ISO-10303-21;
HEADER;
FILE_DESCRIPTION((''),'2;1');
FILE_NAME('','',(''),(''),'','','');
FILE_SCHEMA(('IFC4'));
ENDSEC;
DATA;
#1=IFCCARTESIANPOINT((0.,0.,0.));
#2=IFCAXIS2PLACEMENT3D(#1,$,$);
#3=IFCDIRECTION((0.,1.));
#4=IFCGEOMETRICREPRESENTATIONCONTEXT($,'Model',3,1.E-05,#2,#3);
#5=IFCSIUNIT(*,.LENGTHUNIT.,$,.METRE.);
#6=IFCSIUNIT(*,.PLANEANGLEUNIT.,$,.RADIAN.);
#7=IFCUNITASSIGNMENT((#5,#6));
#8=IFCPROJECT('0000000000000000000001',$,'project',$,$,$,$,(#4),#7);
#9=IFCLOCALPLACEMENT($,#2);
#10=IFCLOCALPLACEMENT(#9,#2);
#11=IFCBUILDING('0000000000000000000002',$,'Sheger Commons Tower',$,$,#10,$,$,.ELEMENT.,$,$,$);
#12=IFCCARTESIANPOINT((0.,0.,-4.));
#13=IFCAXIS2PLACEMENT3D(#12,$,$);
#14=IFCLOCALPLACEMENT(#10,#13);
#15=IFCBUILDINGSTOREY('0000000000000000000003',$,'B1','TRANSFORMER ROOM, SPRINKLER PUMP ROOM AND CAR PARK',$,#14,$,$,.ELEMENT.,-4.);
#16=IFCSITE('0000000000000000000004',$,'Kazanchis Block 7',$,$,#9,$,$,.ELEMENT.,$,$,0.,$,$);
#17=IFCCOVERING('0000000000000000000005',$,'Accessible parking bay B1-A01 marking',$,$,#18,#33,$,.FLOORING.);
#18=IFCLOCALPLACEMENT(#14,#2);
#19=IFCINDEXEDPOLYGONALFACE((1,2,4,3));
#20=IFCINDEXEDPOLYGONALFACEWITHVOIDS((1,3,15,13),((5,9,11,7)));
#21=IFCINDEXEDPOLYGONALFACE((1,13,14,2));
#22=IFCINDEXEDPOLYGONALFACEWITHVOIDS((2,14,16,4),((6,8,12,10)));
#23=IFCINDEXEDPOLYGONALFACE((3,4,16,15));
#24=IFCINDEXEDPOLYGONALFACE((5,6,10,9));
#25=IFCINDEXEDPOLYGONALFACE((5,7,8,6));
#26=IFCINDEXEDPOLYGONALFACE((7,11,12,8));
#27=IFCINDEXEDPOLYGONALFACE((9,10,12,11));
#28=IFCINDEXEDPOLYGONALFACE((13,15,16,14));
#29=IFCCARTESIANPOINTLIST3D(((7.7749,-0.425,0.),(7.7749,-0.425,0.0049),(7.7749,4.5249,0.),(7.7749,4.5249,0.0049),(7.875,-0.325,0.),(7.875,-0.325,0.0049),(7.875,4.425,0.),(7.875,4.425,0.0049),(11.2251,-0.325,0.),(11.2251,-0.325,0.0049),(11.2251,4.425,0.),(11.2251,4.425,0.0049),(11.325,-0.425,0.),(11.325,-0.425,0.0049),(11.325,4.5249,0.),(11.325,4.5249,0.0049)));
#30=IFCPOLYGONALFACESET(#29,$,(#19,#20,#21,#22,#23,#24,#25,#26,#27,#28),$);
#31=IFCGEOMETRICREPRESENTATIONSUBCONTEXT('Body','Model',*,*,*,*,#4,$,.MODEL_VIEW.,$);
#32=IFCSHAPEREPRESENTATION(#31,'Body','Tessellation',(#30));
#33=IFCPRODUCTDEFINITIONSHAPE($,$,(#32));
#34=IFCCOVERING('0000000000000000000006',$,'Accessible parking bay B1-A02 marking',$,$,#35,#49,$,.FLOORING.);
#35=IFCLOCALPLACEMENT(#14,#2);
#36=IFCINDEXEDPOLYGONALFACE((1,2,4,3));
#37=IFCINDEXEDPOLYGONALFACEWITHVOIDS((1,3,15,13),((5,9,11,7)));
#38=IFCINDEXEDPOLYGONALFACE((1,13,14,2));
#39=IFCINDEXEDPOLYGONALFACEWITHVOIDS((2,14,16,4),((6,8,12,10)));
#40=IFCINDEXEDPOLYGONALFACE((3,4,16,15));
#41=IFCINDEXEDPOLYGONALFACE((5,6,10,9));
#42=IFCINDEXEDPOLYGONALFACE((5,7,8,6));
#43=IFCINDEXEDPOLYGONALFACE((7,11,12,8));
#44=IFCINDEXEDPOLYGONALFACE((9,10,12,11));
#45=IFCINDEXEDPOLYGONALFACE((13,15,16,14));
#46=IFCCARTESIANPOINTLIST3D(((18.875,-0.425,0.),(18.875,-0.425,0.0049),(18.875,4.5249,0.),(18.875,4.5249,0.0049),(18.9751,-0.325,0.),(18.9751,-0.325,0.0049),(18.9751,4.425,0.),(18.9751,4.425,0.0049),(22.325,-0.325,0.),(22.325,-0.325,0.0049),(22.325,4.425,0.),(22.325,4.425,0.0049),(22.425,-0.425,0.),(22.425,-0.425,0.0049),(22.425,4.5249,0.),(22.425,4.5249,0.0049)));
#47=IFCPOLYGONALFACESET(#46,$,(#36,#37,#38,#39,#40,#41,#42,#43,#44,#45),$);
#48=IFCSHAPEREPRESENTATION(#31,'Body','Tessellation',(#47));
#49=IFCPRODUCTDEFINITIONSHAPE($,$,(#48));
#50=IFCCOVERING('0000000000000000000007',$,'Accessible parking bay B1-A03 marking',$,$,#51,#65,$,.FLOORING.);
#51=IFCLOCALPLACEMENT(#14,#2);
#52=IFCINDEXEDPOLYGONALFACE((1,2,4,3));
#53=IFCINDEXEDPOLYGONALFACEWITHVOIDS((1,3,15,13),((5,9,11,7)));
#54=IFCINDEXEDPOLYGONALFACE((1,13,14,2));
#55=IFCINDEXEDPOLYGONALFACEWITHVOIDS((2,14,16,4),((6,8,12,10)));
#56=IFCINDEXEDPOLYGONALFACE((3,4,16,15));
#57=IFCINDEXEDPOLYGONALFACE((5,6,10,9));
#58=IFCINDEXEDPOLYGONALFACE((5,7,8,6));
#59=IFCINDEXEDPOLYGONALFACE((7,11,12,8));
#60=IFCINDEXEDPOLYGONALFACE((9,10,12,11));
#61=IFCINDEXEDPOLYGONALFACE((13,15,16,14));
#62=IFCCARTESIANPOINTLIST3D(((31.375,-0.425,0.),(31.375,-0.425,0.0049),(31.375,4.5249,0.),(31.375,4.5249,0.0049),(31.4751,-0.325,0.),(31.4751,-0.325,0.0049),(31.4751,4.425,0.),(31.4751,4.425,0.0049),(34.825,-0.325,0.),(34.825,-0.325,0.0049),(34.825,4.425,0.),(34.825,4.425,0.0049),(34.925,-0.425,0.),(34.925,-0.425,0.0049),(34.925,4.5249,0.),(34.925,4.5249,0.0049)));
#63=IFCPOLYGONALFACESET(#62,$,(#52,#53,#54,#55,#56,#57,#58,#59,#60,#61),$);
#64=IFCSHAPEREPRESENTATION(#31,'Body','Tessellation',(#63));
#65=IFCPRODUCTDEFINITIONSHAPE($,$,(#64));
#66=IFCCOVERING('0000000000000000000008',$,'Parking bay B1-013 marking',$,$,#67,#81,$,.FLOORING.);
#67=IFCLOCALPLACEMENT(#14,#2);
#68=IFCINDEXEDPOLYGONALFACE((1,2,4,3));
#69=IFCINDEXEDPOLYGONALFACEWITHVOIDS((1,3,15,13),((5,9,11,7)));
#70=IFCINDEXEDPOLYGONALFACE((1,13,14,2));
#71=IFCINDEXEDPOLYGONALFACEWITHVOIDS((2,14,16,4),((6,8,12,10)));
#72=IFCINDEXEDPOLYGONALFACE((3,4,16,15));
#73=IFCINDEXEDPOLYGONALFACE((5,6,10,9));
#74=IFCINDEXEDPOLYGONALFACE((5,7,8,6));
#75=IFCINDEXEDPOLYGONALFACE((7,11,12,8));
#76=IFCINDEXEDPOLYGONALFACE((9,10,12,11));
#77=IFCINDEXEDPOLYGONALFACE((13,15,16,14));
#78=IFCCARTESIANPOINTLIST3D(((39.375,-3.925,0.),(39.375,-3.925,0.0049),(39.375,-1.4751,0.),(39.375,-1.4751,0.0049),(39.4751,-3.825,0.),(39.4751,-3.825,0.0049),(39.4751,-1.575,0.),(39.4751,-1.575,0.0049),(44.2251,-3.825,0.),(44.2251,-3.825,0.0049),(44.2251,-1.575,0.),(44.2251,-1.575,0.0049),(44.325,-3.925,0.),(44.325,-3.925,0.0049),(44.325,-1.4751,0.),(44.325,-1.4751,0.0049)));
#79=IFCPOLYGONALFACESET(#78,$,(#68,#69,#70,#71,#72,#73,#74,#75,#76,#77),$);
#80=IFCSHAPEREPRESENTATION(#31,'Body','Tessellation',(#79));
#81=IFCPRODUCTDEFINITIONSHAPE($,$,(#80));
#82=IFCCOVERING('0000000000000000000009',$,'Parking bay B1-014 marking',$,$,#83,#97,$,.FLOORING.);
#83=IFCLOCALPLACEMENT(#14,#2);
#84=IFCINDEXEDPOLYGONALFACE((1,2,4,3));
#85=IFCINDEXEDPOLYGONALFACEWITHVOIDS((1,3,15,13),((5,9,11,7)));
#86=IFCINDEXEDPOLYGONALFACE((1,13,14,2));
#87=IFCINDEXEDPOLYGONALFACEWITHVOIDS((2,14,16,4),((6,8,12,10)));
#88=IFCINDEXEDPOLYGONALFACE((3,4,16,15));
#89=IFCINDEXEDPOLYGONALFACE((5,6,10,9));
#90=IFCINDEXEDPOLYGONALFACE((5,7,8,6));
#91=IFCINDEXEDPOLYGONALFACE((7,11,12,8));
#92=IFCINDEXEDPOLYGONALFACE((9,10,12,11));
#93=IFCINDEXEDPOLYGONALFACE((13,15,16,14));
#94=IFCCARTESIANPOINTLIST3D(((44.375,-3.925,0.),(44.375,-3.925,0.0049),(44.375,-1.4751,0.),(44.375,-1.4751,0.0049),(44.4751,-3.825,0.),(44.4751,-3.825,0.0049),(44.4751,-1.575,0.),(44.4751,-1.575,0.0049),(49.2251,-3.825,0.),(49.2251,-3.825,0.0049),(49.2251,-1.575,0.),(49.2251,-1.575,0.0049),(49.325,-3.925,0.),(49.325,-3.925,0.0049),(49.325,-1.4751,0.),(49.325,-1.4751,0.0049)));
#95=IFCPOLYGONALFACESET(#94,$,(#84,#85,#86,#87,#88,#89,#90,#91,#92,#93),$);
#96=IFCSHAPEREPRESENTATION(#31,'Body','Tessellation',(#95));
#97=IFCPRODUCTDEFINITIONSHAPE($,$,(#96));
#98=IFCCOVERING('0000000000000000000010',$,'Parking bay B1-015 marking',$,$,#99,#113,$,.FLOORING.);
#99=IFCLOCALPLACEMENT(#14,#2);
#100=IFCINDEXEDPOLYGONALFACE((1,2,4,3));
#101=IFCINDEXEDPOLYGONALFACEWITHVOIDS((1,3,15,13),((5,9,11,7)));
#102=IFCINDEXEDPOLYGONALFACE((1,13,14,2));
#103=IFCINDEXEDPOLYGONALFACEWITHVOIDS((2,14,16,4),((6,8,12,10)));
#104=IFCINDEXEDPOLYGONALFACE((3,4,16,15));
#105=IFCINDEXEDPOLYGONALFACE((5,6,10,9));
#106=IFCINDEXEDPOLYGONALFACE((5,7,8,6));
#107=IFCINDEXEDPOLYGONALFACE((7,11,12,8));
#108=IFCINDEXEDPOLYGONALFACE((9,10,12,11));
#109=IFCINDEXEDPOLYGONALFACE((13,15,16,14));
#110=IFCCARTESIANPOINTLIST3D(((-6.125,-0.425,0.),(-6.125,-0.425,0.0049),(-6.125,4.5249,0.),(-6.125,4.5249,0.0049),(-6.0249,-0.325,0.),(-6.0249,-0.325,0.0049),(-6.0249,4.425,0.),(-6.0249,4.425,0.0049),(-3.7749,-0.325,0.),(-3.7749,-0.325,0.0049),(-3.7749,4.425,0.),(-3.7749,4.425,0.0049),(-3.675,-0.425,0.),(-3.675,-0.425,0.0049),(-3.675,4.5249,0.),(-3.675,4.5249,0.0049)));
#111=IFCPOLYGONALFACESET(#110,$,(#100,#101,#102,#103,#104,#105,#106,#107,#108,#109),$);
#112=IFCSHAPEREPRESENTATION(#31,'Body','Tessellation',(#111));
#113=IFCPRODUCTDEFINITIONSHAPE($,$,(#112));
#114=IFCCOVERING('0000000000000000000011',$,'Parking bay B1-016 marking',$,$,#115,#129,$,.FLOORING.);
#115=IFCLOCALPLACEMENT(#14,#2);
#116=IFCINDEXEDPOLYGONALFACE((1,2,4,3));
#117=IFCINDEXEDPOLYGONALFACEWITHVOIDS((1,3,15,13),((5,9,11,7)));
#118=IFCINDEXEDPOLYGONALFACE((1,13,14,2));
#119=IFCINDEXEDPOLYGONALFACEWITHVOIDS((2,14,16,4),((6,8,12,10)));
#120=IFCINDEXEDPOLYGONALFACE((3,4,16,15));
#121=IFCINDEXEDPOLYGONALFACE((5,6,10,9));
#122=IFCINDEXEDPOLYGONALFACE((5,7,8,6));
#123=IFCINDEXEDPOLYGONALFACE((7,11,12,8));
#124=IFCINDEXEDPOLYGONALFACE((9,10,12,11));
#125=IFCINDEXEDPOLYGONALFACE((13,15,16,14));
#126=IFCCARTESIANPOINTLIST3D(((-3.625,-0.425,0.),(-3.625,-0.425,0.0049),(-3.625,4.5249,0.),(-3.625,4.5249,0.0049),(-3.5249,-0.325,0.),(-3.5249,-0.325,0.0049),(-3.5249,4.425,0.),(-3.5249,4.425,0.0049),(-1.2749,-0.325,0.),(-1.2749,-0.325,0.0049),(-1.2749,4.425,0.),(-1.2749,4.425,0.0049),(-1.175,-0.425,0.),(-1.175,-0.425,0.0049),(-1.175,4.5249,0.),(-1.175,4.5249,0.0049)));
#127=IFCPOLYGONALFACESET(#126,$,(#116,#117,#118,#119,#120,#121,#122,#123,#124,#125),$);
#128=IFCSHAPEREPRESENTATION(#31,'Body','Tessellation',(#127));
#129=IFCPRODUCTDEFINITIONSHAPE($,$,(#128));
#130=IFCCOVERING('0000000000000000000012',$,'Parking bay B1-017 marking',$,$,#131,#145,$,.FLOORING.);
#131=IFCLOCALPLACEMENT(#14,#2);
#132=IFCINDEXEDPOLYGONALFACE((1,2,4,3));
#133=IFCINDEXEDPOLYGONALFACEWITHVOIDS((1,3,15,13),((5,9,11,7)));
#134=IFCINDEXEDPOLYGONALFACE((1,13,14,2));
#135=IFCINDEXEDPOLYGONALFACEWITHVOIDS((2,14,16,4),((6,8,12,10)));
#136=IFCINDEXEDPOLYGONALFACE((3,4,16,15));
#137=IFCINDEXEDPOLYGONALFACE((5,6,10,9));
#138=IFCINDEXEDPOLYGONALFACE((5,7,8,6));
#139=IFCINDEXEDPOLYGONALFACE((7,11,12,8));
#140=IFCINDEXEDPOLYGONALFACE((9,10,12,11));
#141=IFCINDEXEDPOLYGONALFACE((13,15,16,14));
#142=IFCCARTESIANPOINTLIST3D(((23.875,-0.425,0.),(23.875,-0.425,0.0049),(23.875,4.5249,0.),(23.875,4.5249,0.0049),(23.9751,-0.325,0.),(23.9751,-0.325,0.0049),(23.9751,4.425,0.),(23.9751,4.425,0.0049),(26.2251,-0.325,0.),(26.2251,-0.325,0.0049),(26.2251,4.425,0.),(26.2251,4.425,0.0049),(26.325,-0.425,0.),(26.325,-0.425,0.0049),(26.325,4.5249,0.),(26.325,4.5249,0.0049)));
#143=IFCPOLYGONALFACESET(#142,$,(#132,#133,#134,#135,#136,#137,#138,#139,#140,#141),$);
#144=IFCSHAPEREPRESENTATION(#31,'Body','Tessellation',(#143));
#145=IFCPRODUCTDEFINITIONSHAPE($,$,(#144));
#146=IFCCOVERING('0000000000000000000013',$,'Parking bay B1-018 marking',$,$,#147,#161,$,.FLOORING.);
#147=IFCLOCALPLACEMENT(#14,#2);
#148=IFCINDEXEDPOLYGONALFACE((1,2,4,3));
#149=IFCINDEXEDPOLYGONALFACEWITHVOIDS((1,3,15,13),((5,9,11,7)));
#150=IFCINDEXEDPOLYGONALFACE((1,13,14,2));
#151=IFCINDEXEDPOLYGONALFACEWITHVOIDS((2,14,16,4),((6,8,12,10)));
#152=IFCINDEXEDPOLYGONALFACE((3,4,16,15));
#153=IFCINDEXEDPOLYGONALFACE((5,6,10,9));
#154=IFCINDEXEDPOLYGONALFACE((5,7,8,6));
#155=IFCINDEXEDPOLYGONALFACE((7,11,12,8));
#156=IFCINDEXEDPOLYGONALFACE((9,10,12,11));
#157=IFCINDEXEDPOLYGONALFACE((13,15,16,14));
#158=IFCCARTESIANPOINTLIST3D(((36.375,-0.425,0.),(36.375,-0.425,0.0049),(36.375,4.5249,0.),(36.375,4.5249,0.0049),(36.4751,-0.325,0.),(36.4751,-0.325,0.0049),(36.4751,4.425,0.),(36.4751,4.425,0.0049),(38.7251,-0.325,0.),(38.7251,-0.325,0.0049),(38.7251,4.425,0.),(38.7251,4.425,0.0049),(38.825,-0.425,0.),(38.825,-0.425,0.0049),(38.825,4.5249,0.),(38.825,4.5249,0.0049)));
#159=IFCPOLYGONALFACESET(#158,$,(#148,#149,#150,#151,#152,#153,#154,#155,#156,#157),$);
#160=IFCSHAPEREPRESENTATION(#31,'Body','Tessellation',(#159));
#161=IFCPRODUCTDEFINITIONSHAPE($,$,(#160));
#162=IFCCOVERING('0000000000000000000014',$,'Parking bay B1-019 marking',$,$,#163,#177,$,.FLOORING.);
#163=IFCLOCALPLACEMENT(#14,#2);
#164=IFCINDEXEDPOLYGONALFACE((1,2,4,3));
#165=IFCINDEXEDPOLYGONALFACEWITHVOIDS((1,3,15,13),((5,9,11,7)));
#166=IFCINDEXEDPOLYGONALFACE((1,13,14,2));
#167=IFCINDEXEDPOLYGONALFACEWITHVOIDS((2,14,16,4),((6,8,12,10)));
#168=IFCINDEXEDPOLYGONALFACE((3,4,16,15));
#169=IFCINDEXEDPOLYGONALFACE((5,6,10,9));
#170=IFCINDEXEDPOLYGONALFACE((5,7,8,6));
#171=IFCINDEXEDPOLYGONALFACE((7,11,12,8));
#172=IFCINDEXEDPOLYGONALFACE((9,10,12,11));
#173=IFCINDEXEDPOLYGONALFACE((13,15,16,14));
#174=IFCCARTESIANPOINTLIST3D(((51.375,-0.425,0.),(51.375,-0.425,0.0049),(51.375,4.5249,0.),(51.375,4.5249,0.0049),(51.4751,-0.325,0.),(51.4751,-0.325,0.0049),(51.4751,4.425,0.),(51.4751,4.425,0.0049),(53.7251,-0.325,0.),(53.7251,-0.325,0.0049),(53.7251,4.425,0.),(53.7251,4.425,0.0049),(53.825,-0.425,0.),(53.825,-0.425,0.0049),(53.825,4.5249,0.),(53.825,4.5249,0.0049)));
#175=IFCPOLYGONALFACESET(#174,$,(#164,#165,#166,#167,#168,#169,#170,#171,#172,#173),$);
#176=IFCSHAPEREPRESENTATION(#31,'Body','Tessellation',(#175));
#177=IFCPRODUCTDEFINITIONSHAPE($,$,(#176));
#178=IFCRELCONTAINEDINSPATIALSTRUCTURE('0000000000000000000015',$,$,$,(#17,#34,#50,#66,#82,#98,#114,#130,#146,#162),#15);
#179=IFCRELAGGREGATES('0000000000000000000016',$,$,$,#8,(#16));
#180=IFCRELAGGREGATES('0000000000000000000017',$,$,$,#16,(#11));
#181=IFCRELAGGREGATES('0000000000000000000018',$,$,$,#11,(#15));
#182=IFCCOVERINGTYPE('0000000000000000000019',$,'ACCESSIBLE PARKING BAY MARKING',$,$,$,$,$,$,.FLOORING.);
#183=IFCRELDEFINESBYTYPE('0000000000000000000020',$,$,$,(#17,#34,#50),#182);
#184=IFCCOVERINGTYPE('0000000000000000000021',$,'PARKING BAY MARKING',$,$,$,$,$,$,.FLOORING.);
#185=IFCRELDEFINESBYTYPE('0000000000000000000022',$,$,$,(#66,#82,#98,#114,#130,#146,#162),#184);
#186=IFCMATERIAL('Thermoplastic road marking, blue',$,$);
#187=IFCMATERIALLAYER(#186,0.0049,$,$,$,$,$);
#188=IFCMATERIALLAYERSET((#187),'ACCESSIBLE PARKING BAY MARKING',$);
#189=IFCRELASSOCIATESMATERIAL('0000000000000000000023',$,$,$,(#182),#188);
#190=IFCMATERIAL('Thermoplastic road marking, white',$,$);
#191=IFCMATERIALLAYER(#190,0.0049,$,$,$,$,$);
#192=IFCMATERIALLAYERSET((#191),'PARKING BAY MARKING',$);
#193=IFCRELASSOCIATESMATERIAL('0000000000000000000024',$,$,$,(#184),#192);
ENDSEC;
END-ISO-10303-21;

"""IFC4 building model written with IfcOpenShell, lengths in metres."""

from ifc_helpers import new_model, si_unit, direction, frame, origin, place, context, subcontext, project, spatial, polyline, outline, extrude, material, layer, layer_set, type_object, element, save


model = new_model("IFC4")

# Units and contexts
model_context = context("Model", 3, precision=1e-05, world=origin(), true_north=direction((0.0, 1.0)))
body_context = subcontext(model_context, "Body", "Model", "MODEL_VIEW")
ifc_project = project(units=[si_unit("LENGTHUNIT", "METRE"), si_unit("PLANEANGLEUNIT", "RADIAN")], contexts=[model_context])

# Site, building, storey
site_placement = place(None, origin())
site = spatial("IfcSite", under=ifc_project, at=site_placement, Name="Kazanchis Block 7", CompositionType="ELEMENT", RefElevation=0.0)
building_placement = place(site_placement, origin())
building = spatial("IfcBuilding", under=site, at=building_placement, Name="Sheger Commons Tower", CompositionType="ELEMENT")
storey_placement = place(building_placement, frame((0.0, 0.0, -4.0)))
storey = spatial("IfcBuildingStorey", under=building, at=storey_placement, Name="B1", Description="TRANSFORMER ROOM, SPRINKLER PUMP ROOM AND CAR PARK", CompositionType="ELEMENT", Elevation=-4.0)

# Coverings
ifc_material_1 = material(Name="Thermoplastic road marking, blue")
ifc_layer_1 = layer(ifc_material_1, 0.0049)
ifc_layer_set_1 = layer_set([ifc_layer_1], Name="ACCESSIBLE PARKING BAY MARKING")
covering_type_1 = type_object("IfcCoveringType", Name="ACCESSIBLE PARKING BAY MARKING", PredefinedType="FLOORING", material=ifc_layer_set_1)
covering_1_placement = place(storey_placement, origin())
element("IfcCovering", 1, at=covering_1_placement, inside=storey, type_object=covering_type_1, Name="Accessible parking bay B1-A01 marking", PredefinedType="FLOORING", context=body_context, shape_type="SweptSolid", body=[
    extrude(outline(polyline([(7.7749, -0.425), (11.325, -0.425), (11.325, 4.5249), (7.7749, 4.5249), (7.7749, -0.425)]), holes=[polyline([(11.2251, 4.425), (11.2251, -0.325), (7.875, -0.325), (7.875, 4.425), (11.2251, 4.425)])]), origin(), (0.0, 0.0, 1.0), 0.0049),
])
covering_2_placement = place(storey_placement, origin())
element("IfcCovering", 2, at=covering_2_placement, inside=storey, type_object=covering_type_1, Name="Accessible parking bay B1-A02 marking", PredefinedType="FLOORING", context=body_context, shape_type="SweptSolid", body=[
    extrude(outline(polyline([(18.875, -0.425), (22.425, -0.425), (22.425, 4.5249), (18.875, 4.5249), (18.875, -0.425)]), holes=[polyline([(22.325, 4.425), (22.325, -0.325), (18.9751, -0.325), (18.9751, 4.425), (22.325, 4.425)])]), origin(), (0.0, 0.0, 1.0), 0.0049),
])
covering_3_placement = place(storey_placement, origin())
element("IfcCovering", 3, at=covering_3_placement, inside=storey, type_object=covering_type_1, Name="Accessible parking bay B1-A03 marking", PredefinedType="FLOORING", context=body_context, shape_type="SweptSolid", body=[
    extrude(outline(polyline([(31.375, -0.425), (34.925, -0.425), (34.925, 4.5249), (31.375, 4.5249), (31.375, -0.425)]), holes=[polyline([(34.825, 4.425), (34.825, -0.325), (31.4751, -0.325), (31.4751, 4.425), (34.825, 4.425)])]), origin(), (0.0, 0.0, 1.0), 0.0049),
])
ifc_material_2 = material(Name="Thermoplastic road marking, white")
ifc_layer_2 = layer(ifc_material_2, 0.0049)
ifc_layer_set_2 = layer_set([ifc_layer_2], Name="PARKING BAY MARKING")
covering_type_2 = type_object("IfcCoveringType", Name="PARKING BAY MARKING", PredefinedType="FLOORING", material=ifc_layer_set_2)
covering_4_placement = place(storey_placement, origin())
element("IfcCovering", 4, at=covering_4_placement, inside=storey, type_object=covering_type_2, Name="Parking bay B1-013 marking", PredefinedType="FLOORING", context=body_context, shape_type="SweptSolid", body=[
    extrude(outline(polyline([(39.375, -3.925), (44.325, -3.925), (44.325, -1.4751), (39.375, -1.4751), (39.375, -3.925)]), holes=[polyline([(44.2251, -1.575), (44.2251, -3.825), (39.4751, -3.825), (39.4751, -1.575), (44.2251, -1.575)])]), origin(), (0.0, 0.0, 1.0), 0.0049),
])
covering_5_placement = place(storey_placement, origin())
element("IfcCovering", 5, at=covering_5_placement, inside=storey, type_object=covering_type_2, Name="Parking bay B1-014 marking", PredefinedType="FLOORING", context=body_context, shape_type="SweptSolid", body=[
    extrude(outline(polyline([(44.375, -3.925), (49.325, -3.925), (49.325, -1.4751), (44.375, -1.4751), (44.375, -3.925)]), holes=[polyline([(49.2251, -1.575), (49.2251, -3.825), (44.4751, -3.825), (44.4751, -1.575), (49.2251, -1.575)])]), origin(), (0.0, 0.0, 1.0), 0.0049),
])
covering_6_placement = place(storey_placement, origin())
element("IfcCovering", 6, at=covering_6_placement, inside=storey, type_object=covering_type_2, Name="Parking bay B1-015 marking", PredefinedType="FLOORING", context=body_context, shape_type="SweptSolid", body=[
    extrude(outline(polyline([(-6.125, -0.425), (-3.675, -0.425), (-3.675, 4.5249), (-6.125, 4.5249), (-6.125, -0.425)]), holes=[polyline([(-3.7749, 4.425), (-3.7749, -0.325), (-6.0249, -0.325), (-6.0249, 4.425), (-3.7749, 4.425)])]), origin(), (0.0, 0.0, 1.0), 0.0049),
])
covering_7_placement = place(storey_placement, origin())
element("IfcCovering", 7, at=covering_7_placement, inside=storey, type_object=covering_type_2, Name="Parking bay B1-016 marking", PredefinedType="FLOORING", context=body_context, shape_type="SweptSolid", body=[
    extrude(outline(polyline([(-3.625, -0.425), (-1.175, -0.425), (-1.175, 4.5249), (-3.625, 4.5249), (-3.625, -0.425)]), holes=[polyline([(-1.2749, 4.425), (-1.2749, -0.325), (-3.5249, -0.325), (-3.5249, 4.425), (-1.2749, 4.425)])]), origin(), (0.0, 0.0, 1.0), 0.0049),
])
covering_8_placement = place(storey_placement, origin())
element("IfcCovering", 8, at=covering_8_placement, inside=storey, type_object=covering_type_2, Name="Parking bay B1-017 marking", PredefinedType="FLOORING", context=body_context, shape_type="SweptSolid", body=[
    extrude(outline(polyline([(23.875, -0.425), (26.325, -0.425), (26.325, 4.5249), (23.875, 4.5249), (23.875, -0.425)]), holes=[polyline([(26.2251, 4.425), (26.2251, -0.325), (23.9751, -0.325), (23.9751, 4.425), (26.2251, 4.425)])]), origin(), (0.0, 0.0, 1.0), 0.0049),
])
covering_9_placement = place(storey_placement, origin())
element("IfcCovering", 9, at=covering_9_placement, inside=storey, type_object=covering_type_2, Name="Parking bay B1-018 marking", PredefinedType="FLOORING", context=body_context, shape_type="SweptSolid", body=[
    extrude(outline(polyline([(36.375, -0.425), (38.825, -0.425), (38.825, 4.5249), (36.375, 4.5249), (36.375, -0.425)]), holes=[polyline([(38.7251, 4.425), (38.7251, -0.325), (36.4751, -0.325), (36.4751, 4.425), (38.7251, 4.425)])]), origin(), (0.0, 0.0, 1.0), 0.0049),
])
covering_10_placement = place(storey_placement, origin())
element("IfcCovering", 10, at=covering_10_placement, inside=storey, type_object=covering_type_2, Name="Parking bay B1-019 marking", PredefinedType="FLOORING", context=body_context, shape_type="SweptSolid", body=[
    extrude(outline(polyline([(51.375, -0.425), (53.825, -0.425), (53.825, 4.5249), (51.375, 4.5249), (51.375, -0.425)]), holes=[polyline([(53.7251, 4.425), (53.7251, -0.325), (51.4751, -0.325), (51.4751, 4.425), (53.7251, 4.425)])]), origin(), (0.0, 0.0, 1.0), 0.0049),
])

save(model, "model.ifc")
